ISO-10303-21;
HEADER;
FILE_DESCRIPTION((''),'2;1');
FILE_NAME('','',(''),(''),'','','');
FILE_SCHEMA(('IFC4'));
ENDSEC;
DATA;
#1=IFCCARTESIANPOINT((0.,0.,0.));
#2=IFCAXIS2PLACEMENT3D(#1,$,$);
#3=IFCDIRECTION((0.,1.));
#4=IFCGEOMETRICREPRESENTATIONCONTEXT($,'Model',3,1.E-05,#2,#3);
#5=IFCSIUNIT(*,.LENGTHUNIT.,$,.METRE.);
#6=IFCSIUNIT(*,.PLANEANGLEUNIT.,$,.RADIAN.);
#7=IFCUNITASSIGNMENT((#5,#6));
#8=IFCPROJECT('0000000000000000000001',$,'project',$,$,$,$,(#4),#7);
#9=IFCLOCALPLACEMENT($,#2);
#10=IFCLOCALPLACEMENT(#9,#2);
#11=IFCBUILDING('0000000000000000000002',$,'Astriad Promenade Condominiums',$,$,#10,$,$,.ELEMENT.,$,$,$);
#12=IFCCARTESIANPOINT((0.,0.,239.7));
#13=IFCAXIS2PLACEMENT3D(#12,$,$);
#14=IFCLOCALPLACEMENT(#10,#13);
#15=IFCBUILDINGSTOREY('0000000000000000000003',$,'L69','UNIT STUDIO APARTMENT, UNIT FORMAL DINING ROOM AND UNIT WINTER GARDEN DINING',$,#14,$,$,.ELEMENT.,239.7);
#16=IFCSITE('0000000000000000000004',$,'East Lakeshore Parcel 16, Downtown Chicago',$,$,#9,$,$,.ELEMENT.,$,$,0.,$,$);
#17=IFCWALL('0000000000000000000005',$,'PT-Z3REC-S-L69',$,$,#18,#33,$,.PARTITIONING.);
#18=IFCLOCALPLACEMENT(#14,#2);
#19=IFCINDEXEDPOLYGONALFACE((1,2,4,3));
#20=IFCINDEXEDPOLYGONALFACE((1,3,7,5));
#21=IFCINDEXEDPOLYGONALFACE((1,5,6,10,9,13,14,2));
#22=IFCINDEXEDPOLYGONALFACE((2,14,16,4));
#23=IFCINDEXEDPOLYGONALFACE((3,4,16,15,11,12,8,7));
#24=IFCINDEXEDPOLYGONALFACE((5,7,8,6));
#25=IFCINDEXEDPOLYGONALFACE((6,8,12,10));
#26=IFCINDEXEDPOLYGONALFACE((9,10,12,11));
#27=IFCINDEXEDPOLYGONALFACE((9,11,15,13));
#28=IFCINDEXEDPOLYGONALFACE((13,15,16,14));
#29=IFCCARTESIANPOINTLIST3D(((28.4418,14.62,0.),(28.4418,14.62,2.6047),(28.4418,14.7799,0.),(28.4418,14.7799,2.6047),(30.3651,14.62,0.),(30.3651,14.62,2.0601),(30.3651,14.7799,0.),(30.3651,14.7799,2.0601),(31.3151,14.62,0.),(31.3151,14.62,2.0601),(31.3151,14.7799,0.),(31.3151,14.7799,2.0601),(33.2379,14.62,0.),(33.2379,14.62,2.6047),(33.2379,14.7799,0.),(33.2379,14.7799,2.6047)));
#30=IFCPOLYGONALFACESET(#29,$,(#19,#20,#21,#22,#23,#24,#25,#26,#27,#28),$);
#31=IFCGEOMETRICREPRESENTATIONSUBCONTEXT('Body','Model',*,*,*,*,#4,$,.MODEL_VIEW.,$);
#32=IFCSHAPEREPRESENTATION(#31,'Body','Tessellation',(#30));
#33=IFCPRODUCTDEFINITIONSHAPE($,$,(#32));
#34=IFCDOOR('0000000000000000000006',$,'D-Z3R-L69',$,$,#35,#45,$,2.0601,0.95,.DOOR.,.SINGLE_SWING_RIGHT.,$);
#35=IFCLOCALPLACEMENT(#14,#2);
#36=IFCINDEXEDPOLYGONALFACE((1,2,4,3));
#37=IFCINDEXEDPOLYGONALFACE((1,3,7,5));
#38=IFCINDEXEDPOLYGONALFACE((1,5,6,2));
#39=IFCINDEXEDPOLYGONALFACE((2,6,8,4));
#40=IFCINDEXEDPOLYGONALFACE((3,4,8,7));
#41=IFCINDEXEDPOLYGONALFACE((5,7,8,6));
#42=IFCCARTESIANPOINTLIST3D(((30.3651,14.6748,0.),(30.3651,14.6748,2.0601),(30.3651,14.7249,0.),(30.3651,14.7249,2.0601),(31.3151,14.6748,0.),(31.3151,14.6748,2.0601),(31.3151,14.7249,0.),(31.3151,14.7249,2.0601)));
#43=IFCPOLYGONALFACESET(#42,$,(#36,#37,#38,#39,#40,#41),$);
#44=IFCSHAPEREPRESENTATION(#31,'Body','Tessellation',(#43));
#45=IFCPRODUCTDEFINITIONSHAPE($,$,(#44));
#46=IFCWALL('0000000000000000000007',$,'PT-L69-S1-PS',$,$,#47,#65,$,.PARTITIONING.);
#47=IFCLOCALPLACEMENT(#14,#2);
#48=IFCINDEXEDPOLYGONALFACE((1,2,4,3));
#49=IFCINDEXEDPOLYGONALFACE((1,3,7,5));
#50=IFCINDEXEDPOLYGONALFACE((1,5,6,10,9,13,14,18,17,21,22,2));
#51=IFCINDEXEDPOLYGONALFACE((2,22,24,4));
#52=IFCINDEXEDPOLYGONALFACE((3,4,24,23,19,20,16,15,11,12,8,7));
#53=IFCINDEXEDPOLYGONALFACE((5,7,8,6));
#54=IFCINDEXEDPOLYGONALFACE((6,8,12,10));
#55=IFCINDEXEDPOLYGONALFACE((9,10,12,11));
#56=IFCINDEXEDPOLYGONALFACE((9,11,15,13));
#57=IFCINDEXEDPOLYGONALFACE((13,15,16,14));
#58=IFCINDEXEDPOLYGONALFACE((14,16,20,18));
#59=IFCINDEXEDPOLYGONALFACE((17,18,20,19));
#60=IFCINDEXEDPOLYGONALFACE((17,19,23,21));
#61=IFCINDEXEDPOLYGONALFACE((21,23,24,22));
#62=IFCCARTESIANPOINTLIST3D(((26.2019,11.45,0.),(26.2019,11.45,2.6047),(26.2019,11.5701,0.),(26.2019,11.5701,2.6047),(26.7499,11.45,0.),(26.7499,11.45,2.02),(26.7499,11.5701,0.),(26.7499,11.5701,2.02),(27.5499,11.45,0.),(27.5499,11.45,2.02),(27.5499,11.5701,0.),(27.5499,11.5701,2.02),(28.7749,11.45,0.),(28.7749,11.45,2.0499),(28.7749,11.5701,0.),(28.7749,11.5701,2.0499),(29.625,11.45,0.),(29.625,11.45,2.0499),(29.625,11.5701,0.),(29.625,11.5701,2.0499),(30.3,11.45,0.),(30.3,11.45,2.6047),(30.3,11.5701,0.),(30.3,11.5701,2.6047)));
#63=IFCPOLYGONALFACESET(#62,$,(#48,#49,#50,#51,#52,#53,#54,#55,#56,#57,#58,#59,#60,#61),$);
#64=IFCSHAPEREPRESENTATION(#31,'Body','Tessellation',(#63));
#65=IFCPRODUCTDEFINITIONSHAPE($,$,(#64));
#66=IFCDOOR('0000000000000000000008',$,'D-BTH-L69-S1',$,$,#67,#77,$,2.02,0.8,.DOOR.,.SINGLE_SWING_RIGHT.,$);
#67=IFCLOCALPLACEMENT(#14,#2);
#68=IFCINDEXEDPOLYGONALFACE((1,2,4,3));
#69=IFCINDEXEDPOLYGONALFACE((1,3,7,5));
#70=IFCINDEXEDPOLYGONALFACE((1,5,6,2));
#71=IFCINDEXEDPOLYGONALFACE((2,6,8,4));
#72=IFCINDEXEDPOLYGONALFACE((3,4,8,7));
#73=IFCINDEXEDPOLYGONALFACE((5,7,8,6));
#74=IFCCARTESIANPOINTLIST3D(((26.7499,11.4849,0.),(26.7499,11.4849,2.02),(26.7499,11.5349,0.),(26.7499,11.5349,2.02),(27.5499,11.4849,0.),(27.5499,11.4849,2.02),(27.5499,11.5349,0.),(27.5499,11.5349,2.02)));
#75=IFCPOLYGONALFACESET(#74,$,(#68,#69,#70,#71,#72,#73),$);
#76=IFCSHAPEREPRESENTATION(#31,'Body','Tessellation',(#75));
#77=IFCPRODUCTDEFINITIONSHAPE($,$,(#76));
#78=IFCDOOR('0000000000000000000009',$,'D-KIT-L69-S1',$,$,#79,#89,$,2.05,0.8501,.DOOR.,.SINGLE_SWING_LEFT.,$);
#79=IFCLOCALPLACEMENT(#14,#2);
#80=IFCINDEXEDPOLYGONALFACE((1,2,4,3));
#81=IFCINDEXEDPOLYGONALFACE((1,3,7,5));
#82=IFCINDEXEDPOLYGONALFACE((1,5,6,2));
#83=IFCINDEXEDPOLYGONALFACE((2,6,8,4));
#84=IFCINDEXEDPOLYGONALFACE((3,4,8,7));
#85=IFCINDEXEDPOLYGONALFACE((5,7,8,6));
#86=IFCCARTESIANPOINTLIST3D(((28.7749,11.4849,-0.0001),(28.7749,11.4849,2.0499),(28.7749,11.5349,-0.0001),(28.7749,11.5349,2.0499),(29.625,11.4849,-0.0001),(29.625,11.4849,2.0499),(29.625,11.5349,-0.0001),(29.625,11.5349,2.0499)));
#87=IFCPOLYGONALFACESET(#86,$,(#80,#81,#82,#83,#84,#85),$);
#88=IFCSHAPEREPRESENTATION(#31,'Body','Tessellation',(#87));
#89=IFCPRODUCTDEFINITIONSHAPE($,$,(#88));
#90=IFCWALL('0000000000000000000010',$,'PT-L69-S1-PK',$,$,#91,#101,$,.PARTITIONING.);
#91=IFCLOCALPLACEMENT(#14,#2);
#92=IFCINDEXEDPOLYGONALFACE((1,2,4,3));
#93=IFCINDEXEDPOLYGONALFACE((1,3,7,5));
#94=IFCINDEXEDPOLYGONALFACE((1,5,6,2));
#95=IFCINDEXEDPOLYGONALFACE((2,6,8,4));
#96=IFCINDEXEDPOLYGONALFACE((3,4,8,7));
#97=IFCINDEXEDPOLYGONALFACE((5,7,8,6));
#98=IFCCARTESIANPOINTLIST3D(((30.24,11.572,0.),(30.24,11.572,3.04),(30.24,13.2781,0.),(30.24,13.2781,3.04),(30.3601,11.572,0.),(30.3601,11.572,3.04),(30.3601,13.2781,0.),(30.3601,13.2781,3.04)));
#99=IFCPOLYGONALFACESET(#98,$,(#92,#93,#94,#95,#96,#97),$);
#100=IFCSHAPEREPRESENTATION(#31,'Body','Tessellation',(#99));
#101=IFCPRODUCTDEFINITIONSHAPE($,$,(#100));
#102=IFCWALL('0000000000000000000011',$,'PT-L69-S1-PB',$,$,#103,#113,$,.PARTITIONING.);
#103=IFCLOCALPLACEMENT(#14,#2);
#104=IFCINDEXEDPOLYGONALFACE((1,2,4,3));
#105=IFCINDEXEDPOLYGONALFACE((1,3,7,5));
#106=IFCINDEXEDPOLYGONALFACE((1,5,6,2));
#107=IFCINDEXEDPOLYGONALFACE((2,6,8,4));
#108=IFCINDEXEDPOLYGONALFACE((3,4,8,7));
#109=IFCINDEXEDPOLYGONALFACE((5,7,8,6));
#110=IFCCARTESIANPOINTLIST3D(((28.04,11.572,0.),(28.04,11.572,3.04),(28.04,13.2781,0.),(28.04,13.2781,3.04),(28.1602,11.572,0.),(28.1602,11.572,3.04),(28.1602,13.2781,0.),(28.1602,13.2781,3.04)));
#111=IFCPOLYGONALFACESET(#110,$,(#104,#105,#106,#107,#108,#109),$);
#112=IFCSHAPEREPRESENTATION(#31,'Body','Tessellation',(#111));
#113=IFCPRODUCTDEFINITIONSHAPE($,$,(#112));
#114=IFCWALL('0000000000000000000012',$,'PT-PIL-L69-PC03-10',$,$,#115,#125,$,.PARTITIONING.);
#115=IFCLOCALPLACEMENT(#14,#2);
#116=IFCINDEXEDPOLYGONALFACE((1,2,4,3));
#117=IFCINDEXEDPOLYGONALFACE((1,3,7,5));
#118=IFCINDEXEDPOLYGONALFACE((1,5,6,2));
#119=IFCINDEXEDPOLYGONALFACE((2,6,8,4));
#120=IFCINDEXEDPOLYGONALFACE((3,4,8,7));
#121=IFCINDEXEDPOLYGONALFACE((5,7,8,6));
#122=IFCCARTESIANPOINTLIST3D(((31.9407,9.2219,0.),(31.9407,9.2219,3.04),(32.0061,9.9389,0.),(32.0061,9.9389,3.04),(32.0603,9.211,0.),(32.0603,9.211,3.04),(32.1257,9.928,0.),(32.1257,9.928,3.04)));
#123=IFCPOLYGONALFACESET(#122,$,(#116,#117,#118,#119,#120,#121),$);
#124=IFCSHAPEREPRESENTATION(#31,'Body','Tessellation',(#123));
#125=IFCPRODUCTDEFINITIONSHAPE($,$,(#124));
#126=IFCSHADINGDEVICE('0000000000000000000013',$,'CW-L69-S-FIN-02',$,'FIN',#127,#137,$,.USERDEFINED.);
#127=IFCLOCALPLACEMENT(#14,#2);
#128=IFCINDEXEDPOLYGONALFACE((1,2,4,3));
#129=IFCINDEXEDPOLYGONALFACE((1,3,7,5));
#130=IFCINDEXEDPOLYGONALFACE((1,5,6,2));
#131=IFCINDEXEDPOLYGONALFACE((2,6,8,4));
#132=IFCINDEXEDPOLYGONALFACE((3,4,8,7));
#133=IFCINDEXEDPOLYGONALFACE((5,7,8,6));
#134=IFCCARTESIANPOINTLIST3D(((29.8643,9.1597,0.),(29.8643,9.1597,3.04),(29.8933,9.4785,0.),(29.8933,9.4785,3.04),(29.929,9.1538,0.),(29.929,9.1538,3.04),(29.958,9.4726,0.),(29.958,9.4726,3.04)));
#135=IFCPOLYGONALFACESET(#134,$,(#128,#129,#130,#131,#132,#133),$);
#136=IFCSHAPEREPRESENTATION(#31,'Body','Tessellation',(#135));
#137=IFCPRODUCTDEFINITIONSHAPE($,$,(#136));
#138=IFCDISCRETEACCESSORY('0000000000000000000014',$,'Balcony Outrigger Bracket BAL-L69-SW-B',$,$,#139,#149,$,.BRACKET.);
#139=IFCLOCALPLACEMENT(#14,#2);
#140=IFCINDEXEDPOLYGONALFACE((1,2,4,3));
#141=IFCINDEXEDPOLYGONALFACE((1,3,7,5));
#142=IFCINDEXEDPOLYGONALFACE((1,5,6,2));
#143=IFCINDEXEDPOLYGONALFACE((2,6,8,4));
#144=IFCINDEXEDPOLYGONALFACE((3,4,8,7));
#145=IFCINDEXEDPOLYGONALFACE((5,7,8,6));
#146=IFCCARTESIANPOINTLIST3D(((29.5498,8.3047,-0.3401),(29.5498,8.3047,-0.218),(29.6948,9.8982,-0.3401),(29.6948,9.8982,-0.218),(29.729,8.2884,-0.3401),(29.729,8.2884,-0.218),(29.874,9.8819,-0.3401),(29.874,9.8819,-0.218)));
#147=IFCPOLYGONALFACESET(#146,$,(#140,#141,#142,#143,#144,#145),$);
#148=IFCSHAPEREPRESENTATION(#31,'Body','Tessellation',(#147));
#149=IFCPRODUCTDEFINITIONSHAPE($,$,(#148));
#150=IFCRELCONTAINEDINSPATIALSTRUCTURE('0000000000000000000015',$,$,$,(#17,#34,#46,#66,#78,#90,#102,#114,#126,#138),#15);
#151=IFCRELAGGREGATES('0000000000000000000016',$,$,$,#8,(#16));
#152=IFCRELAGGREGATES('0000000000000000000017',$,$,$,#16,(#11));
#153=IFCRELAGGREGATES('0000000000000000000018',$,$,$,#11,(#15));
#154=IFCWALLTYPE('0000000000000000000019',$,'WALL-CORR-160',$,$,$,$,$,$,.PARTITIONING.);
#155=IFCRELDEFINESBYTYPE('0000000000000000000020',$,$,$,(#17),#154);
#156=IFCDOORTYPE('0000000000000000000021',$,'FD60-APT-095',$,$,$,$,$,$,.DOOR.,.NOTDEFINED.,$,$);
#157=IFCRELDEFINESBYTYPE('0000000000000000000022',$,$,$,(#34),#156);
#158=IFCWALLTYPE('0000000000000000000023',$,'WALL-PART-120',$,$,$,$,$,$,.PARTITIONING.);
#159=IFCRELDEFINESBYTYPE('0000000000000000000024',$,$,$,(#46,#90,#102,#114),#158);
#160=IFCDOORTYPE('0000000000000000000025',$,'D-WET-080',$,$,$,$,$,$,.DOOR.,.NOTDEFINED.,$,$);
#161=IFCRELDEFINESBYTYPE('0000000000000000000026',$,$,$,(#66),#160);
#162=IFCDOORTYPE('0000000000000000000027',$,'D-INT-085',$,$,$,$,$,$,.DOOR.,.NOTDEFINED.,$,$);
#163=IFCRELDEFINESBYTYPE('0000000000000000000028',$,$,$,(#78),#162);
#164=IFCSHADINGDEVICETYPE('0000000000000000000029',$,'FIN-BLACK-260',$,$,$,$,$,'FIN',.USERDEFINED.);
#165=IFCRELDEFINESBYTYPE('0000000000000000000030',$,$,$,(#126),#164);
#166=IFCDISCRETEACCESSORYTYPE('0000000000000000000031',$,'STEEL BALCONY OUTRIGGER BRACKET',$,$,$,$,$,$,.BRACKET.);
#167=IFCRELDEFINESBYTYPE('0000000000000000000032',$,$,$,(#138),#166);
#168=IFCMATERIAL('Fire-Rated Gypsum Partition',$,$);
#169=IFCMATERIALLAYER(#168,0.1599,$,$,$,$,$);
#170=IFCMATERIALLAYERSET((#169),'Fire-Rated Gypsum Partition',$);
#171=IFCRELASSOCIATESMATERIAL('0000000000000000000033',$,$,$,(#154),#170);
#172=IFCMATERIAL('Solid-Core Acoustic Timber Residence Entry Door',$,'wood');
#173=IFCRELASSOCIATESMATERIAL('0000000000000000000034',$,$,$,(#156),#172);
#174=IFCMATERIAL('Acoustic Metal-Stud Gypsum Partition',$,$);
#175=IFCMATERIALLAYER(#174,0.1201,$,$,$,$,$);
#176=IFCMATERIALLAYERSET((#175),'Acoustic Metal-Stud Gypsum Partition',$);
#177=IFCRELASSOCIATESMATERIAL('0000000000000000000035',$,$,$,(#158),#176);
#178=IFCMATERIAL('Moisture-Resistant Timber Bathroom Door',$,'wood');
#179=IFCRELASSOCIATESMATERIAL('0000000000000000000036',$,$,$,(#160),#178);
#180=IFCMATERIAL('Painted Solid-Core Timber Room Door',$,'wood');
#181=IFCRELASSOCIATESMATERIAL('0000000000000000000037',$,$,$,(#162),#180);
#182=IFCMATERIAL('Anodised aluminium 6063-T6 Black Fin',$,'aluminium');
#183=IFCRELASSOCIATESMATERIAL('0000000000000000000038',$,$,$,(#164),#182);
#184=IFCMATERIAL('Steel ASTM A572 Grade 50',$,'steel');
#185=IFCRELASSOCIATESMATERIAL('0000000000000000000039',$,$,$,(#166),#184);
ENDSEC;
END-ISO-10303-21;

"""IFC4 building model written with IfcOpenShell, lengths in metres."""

from ifc_helpers import new_model, si_unit, direction, frame, frame_2d, origin, origin_2d, place, context, subcontext, project, spatial, rectangle, extrude, source, transform, mapped, material, layer, layer_set, type_object, type_shapes, element, fill, save


model = new_model("IFC4")

# Units and contexts
model_context = context("Model", 3, precision=1e-05, world=origin(), true_north=direction((0.0, 1.0)))
body_context = subcontext(model_context, "Body", "Model", "MODEL_VIEW")
ifc_project = project(units=[si_unit("LENGTHUNIT", "METRE"), si_unit("PLANEANGLEUNIT", "RADIAN")], contexts=[model_context])

# Site, building, storey
site_placement = place(None, origin())
site = spatial("IfcSite", under=ifc_project, at=site_placement, Name="East Lakeshore Parcel 16, Downtown Chicago", CompositionType="ELEMENT", RefElevation=0.0)
building_placement = place(site_placement, origin())
building = spatial("IfcBuilding", under=site, at=building_placement, Name="Astriad Promenade Condominiums", CompositionType="ELEMENT")
storey_placement = place(building_placement, frame((0.0, 0.0, 239.7)))
storey = spatial("IfcBuildingStorey", under=building, at=storey_placement, Name="L69", Description="UNIT STUDIO APARTMENT, UNIT FORMAL DINING ROOM AND UNIT WINTER GARDEN DINING", CompositionType="ELEMENT", Elevation=239.7)

# Shared definitions
ifc_material_1 = material(Name="Fire-Rated Gypsum Partition")
ifc_layer_1 = layer(ifc_material_1, 0.1599)
ifc_layer_set_1 = layer_set([ifc_layer_1], Name="Fire-Rated Gypsum Partition")
wall_type_1 = type_object("IfcWallType", Name="WALL-CORR-160", PredefinedType="PARTITIONING", material=ifc_layer_set_1)

# Wall, opening, door
wall_1_placement = place(storey_placement, frame((28.4419, 14.7, 0.0), z_axis=(0.0, 0.0, 1.0), x_axis=(1.0, 0.0, 0.0)))
wall_1 = element("IfcWall", 1, at=wall_1_placement, inside=storey, type_object=wall_type_1, Name="PT-Z3REC-S-L69", PredefinedType="PARTITIONING", context=body_context, shape_type="SweptSolid", body=[
    extrude(rectangle(XDim=4.7961, YDim=0.1599, at=frame_2d((2.3979, 0.0))), origin(), (0.0, 0.0, 1.0), 2.6047),
])
opening_1_placement = place(wall_1_placement, frame((1.9231, 0.0, 0.0)))
opening_1 = element("IfcOpeningElement", 2, at=opening_1_placement, cuts=wall_1, PredefinedType="OPENING", context=body_context, shape_type="SweptSolid", body=[
    extrude(rectangle(XDim=0.95, YDim=2.0601, at=frame_2d((0.4751, 1.03))), frame((0.0, 0.0898, 0.0), z_axis=(0.0, -1.0, 0.0), x_axis=(1.0, 0.0, 0.0)), (0.0, 0.0, 1.0), 0.1799),
])
ifc_material_2 = material(Name="Solid-Core Acoustic Timber Residence Entry Door", Category="wood")
door_type_1 = type_object("IfcDoorType", Name="FD60-APT-095", OperationType="NOTDEFINED", PredefinedType="DOOR", material=ifc_material_2)
shared_shape_1 = source(origin(), body_context, "Body", "SweptSolid", [
    extrude(rectangle(XDim=0.95, YDim=2.0601, at=frame_2d((0.4751, 1.03))), frame((0.0, 0.0249, 0.0), z_axis=(0.0, -1.0, 0.0), x_axis=(1.0, 0.0, 0.0)), (0.0, 0.0, 1.0), 0.05),
])
type_shapes(door_type_1, [shared_shape_1])
door_1_placement = place(opening_1_placement, origin())
door_1 = element("IfcDoor", 3, at=door_1_placement, inside=storey, type_object=door_type_1, Name="D-Z3R-L69", OperationType="SINGLE_SWING_RIGHT", OverallHeight=2.0601, OverallWidth=0.95, PredefinedType="DOOR", context=body_context, shape_type="MappedRepresentation", body=[
    mapped(shared_shape_1, transform((0.0, 0.0, 0.0), scale=1.0)),
])
fill(opening_1, door_1)

# Wall, openings, doors
ifc_material_3 = material(Name="Acoustic Metal-Stud Gypsum Partition")
ifc_layer_2 = layer(ifc_material_3, 0.1201)
ifc_layer_set_2 = layer_set([ifc_layer_2], Name="Acoustic Metal-Stud Gypsum Partition")
wall_type_2 = type_object("IfcWallType", Name="WALL-PART-120", PredefinedType="PARTITIONING", material=ifc_layer_set_2)
wall_2_placement = place(storey_placement, frame((26.2019, 11.51, 0.0), z_axis=(0.0, 0.0, 1.0), x_axis=(1.0, 0.0, 0.0)))
wall_2 = element("IfcWall", 4, at=wall_2_placement, inside=storey, type_object=wall_type_2, Name="PT-L69-S1-PS", PredefinedType="PARTITIONING", context=body_context, shape_type="SweptSolid", body=[
    extrude(rectangle(XDim=4.0981, YDim=0.1201, at=frame_2d((2.0491, 0.0))), origin(), (0.0, 0.0, 1.0), 2.6047),
])
opening_2_placement = place(wall_2_placement, frame((0.5481, 0.0, 0.0)))
opening_2 = element("IfcOpeningElement", 5, at=opening_2_placement, cuts=wall_2, PredefinedType="OPENING", context=body_context, shape_type="SweptSolid", body=[
    extrude(rectangle(XDim=0.8, YDim=2.02, at=frame_2d((0.3999, 1.01))), frame((0.0, 0.0701, 0.0), z_axis=(0.0, -1.0, 0.0), x_axis=(1.0, 0.0, 0.0)), (0.0, 0.0, 1.0), 0.1401),
])
opening_3_placement = place(wall_2_placement, frame((2.573, 0.0, 0.0)))
opening_3 = element("IfcOpeningElement", 6, at=opening_3_placement, cuts=wall_2, PredefinedType="OPENING", context=body_context, shape_type="SweptSolid", body=[
    extrude(rectangle(XDim=0.8501, YDim=2.05, at=frame_2d((0.425, 1.0249))), frame((0.0, 0.0701, 0.0), z_axis=(0.0, -1.0, 0.0), x_axis=(1.0, 0.0, 0.0)), (0.0, 0.0, 1.0), 0.1401),
])
ifc_material_4 = material(Name="Moisture-Resistant Timber Bathroom Door", Category="wood")
door_type_2 = type_object("IfcDoorType", Name="D-WET-080", OperationType="NOTDEFINED", PredefinedType="DOOR", material=ifc_material_4)
shared_shape_2 = source(origin(), body_context, "Body", "SweptSolid", [
    extrude(rectangle(XDim=0.8, YDim=2.02, at=frame_2d((0.3999, 1.01))), frame((0.0, 0.0249, 0.0), z_axis=(0.0, -1.0, 0.0), x_axis=(1.0, 0.0, 0.0)), (0.0, 0.0, 1.0), 0.05),
])
type_shapes(door_type_2, [shared_shape_2])
door_2_placement = place(opening_2_placement, origin())
door_2 = element("IfcDoor", 7, at=door_2_placement, inside=storey, type_object=door_type_2, Name="D-BTH-L69-S1", OperationType="SINGLE_SWING_RIGHT", OverallHeight=2.02, OverallWidth=0.8, PredefinedType="DOOR", context=body_context, shape_type="MappedRepresentation", body=[
    mapped(shared_shape_2, transform((0.0, 0.0, 0.0), scale=1.0)),
])
fill(opening_2, door_2)
ifc_material_5 = material(Name="Painted Solid-Core Timber Room Door", Category="wood")
door_type_3 = type_object("IfcDoorType", Name="D-INT-085", OperationType="NOTDEFINED", PredefinedType="DOOR", material=ifc_material_5)
shared_shape_3 = source(origin(), body_context, "Body", "SweptSolid", [
    extrude(rectangle(XDim=0.8501, YDim=2.05, at=frame_2d((0.425, 1.0249))), frame((0.0, 0.0249, 0.0), z_axis=(0.0, -1.0, 0.0), x_axis=(1.0, 0.0, 0.0)), (0.0, 0.0, 1.0), 0.05),
])
type_shapes(door_type_3, [shared_shape_3])
door_3_placement = place(opening_3_placement, origin())
door_3 = element("IfcDoor", 8, at=door_3_placement, inside=storey, type_object=door_type_3, Name="D-KIT-L69-S1", OperationType="SINGLE_SWING_LEFT", OverallHeight=2.05, OverallWidth=0.8501, PredefinedType="DOOR", context=body_context, shape_type="MappedRepresentation", body=[
    mapped(shared_shape_3, transform((0.0, 0.0, 0.0), scale=1.0)),
])
fill(opening_3, door_3)

# Walls
for number, where, z_axis, x_axis, name in (
    (9, (30.3, 11.572, 0.0), (0.0, 0.0, 1.0), (0.0, 1.0, 0.0), "PT-L69-S1-PK"),
    (10, (28.1001, 11.572, 0.0), (0.0, 0.0, 1.0), (0.0, 1.0, 0.0), "PT-L69-S1-PB"),
):
    element("IfcWall", number, at=place(storey_placement, frame(where, z_axis=z_axis, x_axis=x_axis)), inside=storey, type_object=wall_type_2, Name=name, PredefinedType="PARTITIONING", context=body_context, shape_type="SweptSolid", body=[
        extrude(rectangle(XDim=1.7061, YDim=0.1201, at=frame_2d((0.853, 0.0))), origin(), (0.0, 0.0, 1.0), 3.04),
    ])
wall_3_placement = place(storey_placement, frame((32.0659, 9.9333, 0.0), z_axis=(0.0, 0.0, 1.0), x_axis=(-0.090872, -0.995863, 0.0)))
element("IfcWall", 11, at=wall_3_placement, inside=storey, type_object=wall_type_2, Name="PT-PIL-L69-PC03-10", PredefinedType="PARTITIONING", context=body_context, shape_type="SweptSolid", body=[
    extrude(rectangle(XDim=0.72, YDim=0.1201, at=frame_2d((0.3599, 0.0))), origin(), (0.0, 0.0, 1.0), 3.04),
])

# Shading device
ifc_material_6 = material(Name="Anodised aluminium 6063-T6 Black Fin", Category="aluminium")
shading_device_type = type_object("IfcShadingDeviceType", Name="FIN-BLACK-260", ElementType="FIN", PredefinedType="USERDEFINED", material=ifc_material_6)
shared_shape_4 = source(origin(), body_context, "Body", "SweptSolid", [
    extrude(rectangle(XDim=0.0649, YDim=0.3201, at=origin_2d()), origin(), (0.0, 0.0, 1.0), 3.04),
])
type_shapes(shading_device_type, [shared_shape_4])
shading_device_placement = place(storey_placement, frame((29.9111, 9.3162, 0.0), z_axis=(0.0, 0.0, 1.0), x_axis=(-0.995884, 0.090633, 0.0)))
element("IfcShadingDevice", 12, at=shading_device_placement, inside=storey, type_object=shading_device_type, Name="CW-L69-S-FIN-02", ObjectType="FIN", PredefinedType="USERDEFINED", context=body_context, shape_type="MappedRepresentation", body=[
    mapped(shared_shape_4, transform((0.0, 0.0, 0.0), scale=1.0)),
])

# Discrete accessory
ifc_material_7 = material(Name="Steel ASTM A572 Grade 50", Category="steel")
discrete_accessory_type = type_object("IfcDiscreteAccessoryType", Name="STEEL BALCONY OUTRIGGER BRACKET", PredefinedType="BRACKET", material=ifc_material_7)
shared_shape_5 = source(origin(), body_context, "Body", "SweptSolid", [
    extrude(rectangle(XDim=1.6001, YDim=0.1799, at=origin_2d()), origin(), (0.0, 0.0, 1.0), 0.1221),
])
type_shapes(discrete_accessory_type, [shared_shape_5])
discrete_accessory_placement = place(storey_placement, frame((29.7119, 9.0933, -0.3401), z_axis=(0.0, 0.0, 1.0), x_axis=(-0.090633, -0.995884, 0.0)))
element("IfcDiscreteAccessory", 13, at=discrete_accessory_placement, inside=storey, type_object=discrete_accessory_type, Name="Balcony Outrigger Bracket BAL-L69-SW-B", PredefinedType="BRACKET", context=body_context, shape_type="MappedRepresentation", body=[
    mapped(shared_shape_5, transform((0.0, 0.0, 0.0), scale=1.0)),
])

save(model, "model.ifc")
